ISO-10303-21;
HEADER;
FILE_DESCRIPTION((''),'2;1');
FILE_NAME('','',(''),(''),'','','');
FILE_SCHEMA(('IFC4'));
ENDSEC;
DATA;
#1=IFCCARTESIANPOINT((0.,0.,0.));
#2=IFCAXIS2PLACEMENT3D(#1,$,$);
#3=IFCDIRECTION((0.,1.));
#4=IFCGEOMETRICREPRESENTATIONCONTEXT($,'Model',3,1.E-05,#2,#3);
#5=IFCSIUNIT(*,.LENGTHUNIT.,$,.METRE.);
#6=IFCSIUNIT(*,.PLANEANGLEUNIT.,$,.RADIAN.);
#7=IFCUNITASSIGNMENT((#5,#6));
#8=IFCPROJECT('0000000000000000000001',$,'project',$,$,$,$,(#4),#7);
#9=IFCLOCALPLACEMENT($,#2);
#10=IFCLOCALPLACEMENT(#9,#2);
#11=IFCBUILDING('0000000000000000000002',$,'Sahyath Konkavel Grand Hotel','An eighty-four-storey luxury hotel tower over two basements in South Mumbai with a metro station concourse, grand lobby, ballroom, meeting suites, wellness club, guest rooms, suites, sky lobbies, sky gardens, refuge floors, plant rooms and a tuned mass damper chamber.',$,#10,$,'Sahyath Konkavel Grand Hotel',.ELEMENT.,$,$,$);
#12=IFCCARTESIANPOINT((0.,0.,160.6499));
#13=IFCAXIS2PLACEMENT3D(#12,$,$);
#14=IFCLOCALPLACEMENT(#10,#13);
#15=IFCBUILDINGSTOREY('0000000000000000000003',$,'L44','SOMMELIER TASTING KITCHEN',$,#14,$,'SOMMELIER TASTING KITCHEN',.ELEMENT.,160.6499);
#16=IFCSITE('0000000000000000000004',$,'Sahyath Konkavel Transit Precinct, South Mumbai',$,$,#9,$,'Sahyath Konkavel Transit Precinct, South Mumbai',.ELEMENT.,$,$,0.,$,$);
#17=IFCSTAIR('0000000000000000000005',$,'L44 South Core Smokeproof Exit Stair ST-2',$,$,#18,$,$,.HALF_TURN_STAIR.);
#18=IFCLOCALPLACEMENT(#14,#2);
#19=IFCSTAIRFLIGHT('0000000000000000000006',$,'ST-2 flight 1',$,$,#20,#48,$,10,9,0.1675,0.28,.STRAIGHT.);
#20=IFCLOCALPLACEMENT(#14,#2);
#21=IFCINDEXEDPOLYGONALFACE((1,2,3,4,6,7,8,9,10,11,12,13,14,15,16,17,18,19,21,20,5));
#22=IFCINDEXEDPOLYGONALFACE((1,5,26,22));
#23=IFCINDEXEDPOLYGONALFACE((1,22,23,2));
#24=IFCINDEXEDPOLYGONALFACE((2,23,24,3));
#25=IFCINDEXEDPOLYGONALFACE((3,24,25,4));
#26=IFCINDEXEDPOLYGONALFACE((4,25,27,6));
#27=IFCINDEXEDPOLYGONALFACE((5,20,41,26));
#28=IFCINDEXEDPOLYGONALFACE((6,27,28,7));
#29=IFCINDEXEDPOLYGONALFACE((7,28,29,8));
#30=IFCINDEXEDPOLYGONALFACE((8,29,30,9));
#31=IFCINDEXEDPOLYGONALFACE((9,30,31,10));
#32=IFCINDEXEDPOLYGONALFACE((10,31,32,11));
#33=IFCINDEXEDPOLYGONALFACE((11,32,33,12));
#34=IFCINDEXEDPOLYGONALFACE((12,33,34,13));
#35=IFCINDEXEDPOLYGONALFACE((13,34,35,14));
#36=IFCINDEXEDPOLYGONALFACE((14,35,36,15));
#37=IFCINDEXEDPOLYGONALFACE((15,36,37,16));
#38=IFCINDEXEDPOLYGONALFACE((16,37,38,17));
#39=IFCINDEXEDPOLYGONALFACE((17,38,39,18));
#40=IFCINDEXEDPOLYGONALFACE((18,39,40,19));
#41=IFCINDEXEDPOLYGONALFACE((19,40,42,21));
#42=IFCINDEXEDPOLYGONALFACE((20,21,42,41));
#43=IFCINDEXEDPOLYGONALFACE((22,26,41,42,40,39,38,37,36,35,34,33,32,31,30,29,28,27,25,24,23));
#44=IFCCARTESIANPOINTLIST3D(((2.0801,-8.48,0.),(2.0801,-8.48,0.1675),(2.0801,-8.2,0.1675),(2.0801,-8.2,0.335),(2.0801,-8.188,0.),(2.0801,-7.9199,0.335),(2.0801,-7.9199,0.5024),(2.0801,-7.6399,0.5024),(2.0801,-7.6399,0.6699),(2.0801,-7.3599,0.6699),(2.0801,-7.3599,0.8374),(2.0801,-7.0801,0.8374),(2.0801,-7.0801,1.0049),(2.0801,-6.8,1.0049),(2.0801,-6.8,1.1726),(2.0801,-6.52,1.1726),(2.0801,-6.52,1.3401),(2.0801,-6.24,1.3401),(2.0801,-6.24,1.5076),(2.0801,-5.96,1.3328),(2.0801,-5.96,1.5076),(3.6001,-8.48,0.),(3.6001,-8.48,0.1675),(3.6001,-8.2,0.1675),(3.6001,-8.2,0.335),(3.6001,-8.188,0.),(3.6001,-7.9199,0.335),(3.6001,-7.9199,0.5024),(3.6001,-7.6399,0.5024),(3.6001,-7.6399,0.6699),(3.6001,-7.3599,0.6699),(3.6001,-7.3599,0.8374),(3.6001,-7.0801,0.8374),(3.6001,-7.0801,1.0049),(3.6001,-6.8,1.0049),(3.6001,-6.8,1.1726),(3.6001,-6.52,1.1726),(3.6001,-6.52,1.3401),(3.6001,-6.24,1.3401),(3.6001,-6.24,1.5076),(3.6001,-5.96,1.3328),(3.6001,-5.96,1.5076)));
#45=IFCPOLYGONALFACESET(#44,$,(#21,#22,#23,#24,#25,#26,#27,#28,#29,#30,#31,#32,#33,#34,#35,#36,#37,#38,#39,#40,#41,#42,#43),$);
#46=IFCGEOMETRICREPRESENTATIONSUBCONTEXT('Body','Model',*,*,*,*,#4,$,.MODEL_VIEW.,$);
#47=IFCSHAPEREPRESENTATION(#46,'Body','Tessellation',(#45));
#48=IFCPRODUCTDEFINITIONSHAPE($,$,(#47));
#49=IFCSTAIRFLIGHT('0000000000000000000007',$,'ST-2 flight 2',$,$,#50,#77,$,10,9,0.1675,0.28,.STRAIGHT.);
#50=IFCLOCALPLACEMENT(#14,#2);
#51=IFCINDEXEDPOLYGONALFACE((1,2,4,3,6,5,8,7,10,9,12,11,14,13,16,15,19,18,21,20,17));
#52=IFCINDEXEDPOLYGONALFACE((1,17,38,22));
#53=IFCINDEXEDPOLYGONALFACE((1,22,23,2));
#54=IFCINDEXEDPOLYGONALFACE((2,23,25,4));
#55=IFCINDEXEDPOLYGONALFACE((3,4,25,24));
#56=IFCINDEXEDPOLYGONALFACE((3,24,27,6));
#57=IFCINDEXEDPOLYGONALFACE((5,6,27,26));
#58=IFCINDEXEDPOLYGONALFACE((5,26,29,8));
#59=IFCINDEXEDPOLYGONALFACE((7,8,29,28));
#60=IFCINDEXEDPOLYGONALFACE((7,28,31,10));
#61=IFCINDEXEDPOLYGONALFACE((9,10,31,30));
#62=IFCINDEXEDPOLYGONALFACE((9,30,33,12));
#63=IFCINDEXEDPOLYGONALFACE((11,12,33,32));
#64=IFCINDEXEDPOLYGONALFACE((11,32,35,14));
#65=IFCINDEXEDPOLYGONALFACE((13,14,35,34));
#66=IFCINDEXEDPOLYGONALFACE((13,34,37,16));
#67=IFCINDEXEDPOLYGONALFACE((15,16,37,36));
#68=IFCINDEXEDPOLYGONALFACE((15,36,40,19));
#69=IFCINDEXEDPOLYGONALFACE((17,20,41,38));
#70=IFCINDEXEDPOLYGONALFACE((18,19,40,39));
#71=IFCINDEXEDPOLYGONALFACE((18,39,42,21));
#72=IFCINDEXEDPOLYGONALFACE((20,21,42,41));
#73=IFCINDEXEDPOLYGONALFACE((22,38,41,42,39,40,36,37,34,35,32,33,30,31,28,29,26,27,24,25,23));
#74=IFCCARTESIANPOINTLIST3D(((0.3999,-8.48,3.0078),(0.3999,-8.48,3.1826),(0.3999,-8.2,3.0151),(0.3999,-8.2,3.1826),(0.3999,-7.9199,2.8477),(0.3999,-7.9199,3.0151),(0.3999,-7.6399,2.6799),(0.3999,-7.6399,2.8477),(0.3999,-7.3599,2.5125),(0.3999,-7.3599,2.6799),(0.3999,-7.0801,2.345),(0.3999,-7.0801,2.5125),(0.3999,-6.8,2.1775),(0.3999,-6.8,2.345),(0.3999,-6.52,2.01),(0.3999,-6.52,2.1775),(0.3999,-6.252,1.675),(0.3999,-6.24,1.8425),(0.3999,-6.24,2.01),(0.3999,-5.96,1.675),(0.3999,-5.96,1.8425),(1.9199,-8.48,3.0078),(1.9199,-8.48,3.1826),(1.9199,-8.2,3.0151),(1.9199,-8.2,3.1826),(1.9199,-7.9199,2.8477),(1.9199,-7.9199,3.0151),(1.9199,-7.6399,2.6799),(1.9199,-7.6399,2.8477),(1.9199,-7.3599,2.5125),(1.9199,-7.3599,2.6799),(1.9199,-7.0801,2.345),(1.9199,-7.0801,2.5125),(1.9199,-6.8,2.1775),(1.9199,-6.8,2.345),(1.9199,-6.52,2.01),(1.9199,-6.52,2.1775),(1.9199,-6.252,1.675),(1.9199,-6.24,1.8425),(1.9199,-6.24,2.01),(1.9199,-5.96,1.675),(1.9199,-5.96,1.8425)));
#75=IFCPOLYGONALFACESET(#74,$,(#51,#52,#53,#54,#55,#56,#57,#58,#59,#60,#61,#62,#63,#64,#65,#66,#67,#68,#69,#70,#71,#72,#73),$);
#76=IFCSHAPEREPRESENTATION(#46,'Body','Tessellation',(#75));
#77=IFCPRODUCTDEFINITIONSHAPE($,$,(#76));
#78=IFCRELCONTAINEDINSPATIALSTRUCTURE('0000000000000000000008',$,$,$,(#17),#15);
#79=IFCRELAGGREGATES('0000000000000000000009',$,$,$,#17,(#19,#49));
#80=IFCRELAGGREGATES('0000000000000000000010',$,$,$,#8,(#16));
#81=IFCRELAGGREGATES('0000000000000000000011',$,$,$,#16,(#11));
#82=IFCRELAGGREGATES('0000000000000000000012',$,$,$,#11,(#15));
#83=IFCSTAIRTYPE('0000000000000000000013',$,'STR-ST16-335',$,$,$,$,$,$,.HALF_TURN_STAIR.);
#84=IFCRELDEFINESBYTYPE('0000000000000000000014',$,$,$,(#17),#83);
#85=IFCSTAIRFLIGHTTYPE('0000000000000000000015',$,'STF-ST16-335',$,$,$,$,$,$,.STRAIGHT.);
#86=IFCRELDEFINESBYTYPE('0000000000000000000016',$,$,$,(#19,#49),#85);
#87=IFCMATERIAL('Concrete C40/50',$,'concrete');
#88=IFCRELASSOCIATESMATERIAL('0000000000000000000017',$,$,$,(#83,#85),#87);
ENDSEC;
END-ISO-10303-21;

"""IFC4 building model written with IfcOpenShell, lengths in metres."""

from ifc_helpers import new_model, si_unit, direction, frame, origin, place, context, subcontext, project, spatial, polyline, outline, extrude, material, type_object, element, aggregate, save


model = new_model("IFC4")

# Units and contexts
model_context = context("Model", 3, precision=1e-05, world=origin(), true_north=direction((0.0, 1.0)))
body_context = subcontext(model_context, "Body", "Model", "MODEL_VIEW")
ifc_project = project(units=[si_unit("LENGTHUNIT", "METRE"), si_unit("PLANEANGLEUNIT", "RADIAN")], contexts=[model_context])

# Site, building, storey
site_placement = place(None, origin())
site = spatial("IfcSite", under=ifc_project, at=site_placement, Name="Sahyath Konkavel Transit Precinct, South Mumbai", LongName="Sahyath Konkavel Transit Precinct, South Mumbai", CompositionType="ELEMENT", RefElevation=0.0)
building_placement = place(site_placement, origin())
building = spatial("IfcBuilding", under=site, at=building_placement, Name="Sahyath Konkavel Grand Hotel", Description="An eighty-four-storey luxury hotel tower over two basements in South Mumbai with a metro station concourse, grand lobby, ballroom, meeting suites, wellness club, guest rooms, suites, sky lobbies, sky gardens, refuge floors, plant rooms and a tuned mass damper chamber.", LongName="Sahyath Konkavel Grand Hotel", CompositionType="ELEMENT")
storey_placement = place(building_placement, frame((0.0, 0.0, 160.6499)))
storey = spatial("IfcBuildingStorey", under=building, at=storey_placement, Name="L44", Description="SOMMELIER TASTING KITCHEN", LongName="SOMMELIER TASTING KITCHEN", CompositionType="ELEMENT", Elevation=160.6499)

# Shared definitions
ifc_material_1 = material(Name="Concrete C40/50", Category="concrete")

# Stair, stair flights
stair_type = type_object("IfcStairType", Name="STR-ST16-335", PredefinedType="HALF_TURN_STAIR", material=ifc_material_1)
stair_placement = place(storey_placement, origin())
stair = element("IfcStair", 1, at=stair_placement, inside=storey, type_object=stair_type, Name="L44 South Core Smokeproof Exit Stair ST-2", PredefinedType="HALF_TURN_STAIR")
stair_flight_type = type_object("IfcStairFlightType", Name="STF-ST16-335", PredefinedType="STRAIGHT", material=ifc_material_1)
stair_flight_1_placement = place(storey_placement, frame((2.8401, -8.48, 0.0), z_axis=(0.0, 0.0, 1.0), x_axis=(0.0, 1.0, 0.0)))
stair_flight_1 = element("IfcStairFlight", 2, at=stair_flight_1_placement, type_object=stair_flight_type, Name="ST-2 flight 1", NumberOfRisers=10, NumberOfTreads=9, PredefinedType="STRAIGHT", RiserHeight=0.1675, TreadLength=0.28, context=body_context, shape_type="SweptSolid", body=[
    extrude(outline(polyline([(0.0, 0.0), (0.0, 0.1675), (0.28, 0.1675), (0.28, 0.335), (0.5601, 0.335), (0.5601, 0.5024), (0.8401, 0.5024), (0.8401, 0.6699), (1.1201, 0.6699), (1.1201, 0.8374), (1.3999, 0.8374), (1.3999, 1.0049), (1.6799, 1.0049), (1.6799, 1.1726), (1.96, 1.1726), (1.96, 1.3401), (2.24, 1.3401), (2.24, 1.5076), (2.52, 1.5076), (2.52, 1.675), (2.52, 1.3328), (0.292, 0.0), (0.0, 0.0)])), frame((0.0, 0.76, 0.0), z_axis=(0.0, -1.0, 0.0), x_axis=(1.0, 0.0, 0.0)), (0.0, 0.0, 1.0), 1.52),
])
stair_flight_2_placement = place(storey_placement, frame((1.1599, -5.96, 1.675), z_axis=(0.0, 0.0, 1.0), x_axis=(0.0, -1.0, 0.0)))
stair_flight_2 = element("IfcStairFlight", 3, at=stair_flight_2_placement, type_object=stair_flight_type, Name="ST-2 flight 2", NumberOfRisers=10, NumberOfTreads=9, PredefinedType="STRAIGHT", RiserHeight=0.1675, TreadLength=0.28, context=body_context, shape_type="SweptSolid", body=[
    extrude(outline(polyline([(0.0, 0.0), (0.0, 0.1675), (0.28, 0.1675), (0.28, 0.335), (0.5601, 0.335), (0.5601, 0.5024), (0.8401, 0.5024), (0.8401, 0.6699), (1.1201, 0.6699), (1.1201, 0.8374), (1.3999, 0.8374), (1.3999, 1.0049), (1.6799, 1.0049), (1.6799, 1.1726), (1.96, 1.1726), (1.96, 1.3401), (2.24, 1.3401), (2.24, 1.5076), (2.52, 1.5076), (2.52, 1.675), (2.52, 1.3328), (0.292, 0.0), (0.0, 0.0)])), frame((0.0, 0.76, 0.0), z_axis=(0.0, -1.0, 0.0), x_axis=(1.0, 0.0, 0.0)), (0.0, 0.0, 1.0), 1.52),
])
aggregate(stair, [stair_flight_1, stair_flight_2])

save(model, "model.ifc")
